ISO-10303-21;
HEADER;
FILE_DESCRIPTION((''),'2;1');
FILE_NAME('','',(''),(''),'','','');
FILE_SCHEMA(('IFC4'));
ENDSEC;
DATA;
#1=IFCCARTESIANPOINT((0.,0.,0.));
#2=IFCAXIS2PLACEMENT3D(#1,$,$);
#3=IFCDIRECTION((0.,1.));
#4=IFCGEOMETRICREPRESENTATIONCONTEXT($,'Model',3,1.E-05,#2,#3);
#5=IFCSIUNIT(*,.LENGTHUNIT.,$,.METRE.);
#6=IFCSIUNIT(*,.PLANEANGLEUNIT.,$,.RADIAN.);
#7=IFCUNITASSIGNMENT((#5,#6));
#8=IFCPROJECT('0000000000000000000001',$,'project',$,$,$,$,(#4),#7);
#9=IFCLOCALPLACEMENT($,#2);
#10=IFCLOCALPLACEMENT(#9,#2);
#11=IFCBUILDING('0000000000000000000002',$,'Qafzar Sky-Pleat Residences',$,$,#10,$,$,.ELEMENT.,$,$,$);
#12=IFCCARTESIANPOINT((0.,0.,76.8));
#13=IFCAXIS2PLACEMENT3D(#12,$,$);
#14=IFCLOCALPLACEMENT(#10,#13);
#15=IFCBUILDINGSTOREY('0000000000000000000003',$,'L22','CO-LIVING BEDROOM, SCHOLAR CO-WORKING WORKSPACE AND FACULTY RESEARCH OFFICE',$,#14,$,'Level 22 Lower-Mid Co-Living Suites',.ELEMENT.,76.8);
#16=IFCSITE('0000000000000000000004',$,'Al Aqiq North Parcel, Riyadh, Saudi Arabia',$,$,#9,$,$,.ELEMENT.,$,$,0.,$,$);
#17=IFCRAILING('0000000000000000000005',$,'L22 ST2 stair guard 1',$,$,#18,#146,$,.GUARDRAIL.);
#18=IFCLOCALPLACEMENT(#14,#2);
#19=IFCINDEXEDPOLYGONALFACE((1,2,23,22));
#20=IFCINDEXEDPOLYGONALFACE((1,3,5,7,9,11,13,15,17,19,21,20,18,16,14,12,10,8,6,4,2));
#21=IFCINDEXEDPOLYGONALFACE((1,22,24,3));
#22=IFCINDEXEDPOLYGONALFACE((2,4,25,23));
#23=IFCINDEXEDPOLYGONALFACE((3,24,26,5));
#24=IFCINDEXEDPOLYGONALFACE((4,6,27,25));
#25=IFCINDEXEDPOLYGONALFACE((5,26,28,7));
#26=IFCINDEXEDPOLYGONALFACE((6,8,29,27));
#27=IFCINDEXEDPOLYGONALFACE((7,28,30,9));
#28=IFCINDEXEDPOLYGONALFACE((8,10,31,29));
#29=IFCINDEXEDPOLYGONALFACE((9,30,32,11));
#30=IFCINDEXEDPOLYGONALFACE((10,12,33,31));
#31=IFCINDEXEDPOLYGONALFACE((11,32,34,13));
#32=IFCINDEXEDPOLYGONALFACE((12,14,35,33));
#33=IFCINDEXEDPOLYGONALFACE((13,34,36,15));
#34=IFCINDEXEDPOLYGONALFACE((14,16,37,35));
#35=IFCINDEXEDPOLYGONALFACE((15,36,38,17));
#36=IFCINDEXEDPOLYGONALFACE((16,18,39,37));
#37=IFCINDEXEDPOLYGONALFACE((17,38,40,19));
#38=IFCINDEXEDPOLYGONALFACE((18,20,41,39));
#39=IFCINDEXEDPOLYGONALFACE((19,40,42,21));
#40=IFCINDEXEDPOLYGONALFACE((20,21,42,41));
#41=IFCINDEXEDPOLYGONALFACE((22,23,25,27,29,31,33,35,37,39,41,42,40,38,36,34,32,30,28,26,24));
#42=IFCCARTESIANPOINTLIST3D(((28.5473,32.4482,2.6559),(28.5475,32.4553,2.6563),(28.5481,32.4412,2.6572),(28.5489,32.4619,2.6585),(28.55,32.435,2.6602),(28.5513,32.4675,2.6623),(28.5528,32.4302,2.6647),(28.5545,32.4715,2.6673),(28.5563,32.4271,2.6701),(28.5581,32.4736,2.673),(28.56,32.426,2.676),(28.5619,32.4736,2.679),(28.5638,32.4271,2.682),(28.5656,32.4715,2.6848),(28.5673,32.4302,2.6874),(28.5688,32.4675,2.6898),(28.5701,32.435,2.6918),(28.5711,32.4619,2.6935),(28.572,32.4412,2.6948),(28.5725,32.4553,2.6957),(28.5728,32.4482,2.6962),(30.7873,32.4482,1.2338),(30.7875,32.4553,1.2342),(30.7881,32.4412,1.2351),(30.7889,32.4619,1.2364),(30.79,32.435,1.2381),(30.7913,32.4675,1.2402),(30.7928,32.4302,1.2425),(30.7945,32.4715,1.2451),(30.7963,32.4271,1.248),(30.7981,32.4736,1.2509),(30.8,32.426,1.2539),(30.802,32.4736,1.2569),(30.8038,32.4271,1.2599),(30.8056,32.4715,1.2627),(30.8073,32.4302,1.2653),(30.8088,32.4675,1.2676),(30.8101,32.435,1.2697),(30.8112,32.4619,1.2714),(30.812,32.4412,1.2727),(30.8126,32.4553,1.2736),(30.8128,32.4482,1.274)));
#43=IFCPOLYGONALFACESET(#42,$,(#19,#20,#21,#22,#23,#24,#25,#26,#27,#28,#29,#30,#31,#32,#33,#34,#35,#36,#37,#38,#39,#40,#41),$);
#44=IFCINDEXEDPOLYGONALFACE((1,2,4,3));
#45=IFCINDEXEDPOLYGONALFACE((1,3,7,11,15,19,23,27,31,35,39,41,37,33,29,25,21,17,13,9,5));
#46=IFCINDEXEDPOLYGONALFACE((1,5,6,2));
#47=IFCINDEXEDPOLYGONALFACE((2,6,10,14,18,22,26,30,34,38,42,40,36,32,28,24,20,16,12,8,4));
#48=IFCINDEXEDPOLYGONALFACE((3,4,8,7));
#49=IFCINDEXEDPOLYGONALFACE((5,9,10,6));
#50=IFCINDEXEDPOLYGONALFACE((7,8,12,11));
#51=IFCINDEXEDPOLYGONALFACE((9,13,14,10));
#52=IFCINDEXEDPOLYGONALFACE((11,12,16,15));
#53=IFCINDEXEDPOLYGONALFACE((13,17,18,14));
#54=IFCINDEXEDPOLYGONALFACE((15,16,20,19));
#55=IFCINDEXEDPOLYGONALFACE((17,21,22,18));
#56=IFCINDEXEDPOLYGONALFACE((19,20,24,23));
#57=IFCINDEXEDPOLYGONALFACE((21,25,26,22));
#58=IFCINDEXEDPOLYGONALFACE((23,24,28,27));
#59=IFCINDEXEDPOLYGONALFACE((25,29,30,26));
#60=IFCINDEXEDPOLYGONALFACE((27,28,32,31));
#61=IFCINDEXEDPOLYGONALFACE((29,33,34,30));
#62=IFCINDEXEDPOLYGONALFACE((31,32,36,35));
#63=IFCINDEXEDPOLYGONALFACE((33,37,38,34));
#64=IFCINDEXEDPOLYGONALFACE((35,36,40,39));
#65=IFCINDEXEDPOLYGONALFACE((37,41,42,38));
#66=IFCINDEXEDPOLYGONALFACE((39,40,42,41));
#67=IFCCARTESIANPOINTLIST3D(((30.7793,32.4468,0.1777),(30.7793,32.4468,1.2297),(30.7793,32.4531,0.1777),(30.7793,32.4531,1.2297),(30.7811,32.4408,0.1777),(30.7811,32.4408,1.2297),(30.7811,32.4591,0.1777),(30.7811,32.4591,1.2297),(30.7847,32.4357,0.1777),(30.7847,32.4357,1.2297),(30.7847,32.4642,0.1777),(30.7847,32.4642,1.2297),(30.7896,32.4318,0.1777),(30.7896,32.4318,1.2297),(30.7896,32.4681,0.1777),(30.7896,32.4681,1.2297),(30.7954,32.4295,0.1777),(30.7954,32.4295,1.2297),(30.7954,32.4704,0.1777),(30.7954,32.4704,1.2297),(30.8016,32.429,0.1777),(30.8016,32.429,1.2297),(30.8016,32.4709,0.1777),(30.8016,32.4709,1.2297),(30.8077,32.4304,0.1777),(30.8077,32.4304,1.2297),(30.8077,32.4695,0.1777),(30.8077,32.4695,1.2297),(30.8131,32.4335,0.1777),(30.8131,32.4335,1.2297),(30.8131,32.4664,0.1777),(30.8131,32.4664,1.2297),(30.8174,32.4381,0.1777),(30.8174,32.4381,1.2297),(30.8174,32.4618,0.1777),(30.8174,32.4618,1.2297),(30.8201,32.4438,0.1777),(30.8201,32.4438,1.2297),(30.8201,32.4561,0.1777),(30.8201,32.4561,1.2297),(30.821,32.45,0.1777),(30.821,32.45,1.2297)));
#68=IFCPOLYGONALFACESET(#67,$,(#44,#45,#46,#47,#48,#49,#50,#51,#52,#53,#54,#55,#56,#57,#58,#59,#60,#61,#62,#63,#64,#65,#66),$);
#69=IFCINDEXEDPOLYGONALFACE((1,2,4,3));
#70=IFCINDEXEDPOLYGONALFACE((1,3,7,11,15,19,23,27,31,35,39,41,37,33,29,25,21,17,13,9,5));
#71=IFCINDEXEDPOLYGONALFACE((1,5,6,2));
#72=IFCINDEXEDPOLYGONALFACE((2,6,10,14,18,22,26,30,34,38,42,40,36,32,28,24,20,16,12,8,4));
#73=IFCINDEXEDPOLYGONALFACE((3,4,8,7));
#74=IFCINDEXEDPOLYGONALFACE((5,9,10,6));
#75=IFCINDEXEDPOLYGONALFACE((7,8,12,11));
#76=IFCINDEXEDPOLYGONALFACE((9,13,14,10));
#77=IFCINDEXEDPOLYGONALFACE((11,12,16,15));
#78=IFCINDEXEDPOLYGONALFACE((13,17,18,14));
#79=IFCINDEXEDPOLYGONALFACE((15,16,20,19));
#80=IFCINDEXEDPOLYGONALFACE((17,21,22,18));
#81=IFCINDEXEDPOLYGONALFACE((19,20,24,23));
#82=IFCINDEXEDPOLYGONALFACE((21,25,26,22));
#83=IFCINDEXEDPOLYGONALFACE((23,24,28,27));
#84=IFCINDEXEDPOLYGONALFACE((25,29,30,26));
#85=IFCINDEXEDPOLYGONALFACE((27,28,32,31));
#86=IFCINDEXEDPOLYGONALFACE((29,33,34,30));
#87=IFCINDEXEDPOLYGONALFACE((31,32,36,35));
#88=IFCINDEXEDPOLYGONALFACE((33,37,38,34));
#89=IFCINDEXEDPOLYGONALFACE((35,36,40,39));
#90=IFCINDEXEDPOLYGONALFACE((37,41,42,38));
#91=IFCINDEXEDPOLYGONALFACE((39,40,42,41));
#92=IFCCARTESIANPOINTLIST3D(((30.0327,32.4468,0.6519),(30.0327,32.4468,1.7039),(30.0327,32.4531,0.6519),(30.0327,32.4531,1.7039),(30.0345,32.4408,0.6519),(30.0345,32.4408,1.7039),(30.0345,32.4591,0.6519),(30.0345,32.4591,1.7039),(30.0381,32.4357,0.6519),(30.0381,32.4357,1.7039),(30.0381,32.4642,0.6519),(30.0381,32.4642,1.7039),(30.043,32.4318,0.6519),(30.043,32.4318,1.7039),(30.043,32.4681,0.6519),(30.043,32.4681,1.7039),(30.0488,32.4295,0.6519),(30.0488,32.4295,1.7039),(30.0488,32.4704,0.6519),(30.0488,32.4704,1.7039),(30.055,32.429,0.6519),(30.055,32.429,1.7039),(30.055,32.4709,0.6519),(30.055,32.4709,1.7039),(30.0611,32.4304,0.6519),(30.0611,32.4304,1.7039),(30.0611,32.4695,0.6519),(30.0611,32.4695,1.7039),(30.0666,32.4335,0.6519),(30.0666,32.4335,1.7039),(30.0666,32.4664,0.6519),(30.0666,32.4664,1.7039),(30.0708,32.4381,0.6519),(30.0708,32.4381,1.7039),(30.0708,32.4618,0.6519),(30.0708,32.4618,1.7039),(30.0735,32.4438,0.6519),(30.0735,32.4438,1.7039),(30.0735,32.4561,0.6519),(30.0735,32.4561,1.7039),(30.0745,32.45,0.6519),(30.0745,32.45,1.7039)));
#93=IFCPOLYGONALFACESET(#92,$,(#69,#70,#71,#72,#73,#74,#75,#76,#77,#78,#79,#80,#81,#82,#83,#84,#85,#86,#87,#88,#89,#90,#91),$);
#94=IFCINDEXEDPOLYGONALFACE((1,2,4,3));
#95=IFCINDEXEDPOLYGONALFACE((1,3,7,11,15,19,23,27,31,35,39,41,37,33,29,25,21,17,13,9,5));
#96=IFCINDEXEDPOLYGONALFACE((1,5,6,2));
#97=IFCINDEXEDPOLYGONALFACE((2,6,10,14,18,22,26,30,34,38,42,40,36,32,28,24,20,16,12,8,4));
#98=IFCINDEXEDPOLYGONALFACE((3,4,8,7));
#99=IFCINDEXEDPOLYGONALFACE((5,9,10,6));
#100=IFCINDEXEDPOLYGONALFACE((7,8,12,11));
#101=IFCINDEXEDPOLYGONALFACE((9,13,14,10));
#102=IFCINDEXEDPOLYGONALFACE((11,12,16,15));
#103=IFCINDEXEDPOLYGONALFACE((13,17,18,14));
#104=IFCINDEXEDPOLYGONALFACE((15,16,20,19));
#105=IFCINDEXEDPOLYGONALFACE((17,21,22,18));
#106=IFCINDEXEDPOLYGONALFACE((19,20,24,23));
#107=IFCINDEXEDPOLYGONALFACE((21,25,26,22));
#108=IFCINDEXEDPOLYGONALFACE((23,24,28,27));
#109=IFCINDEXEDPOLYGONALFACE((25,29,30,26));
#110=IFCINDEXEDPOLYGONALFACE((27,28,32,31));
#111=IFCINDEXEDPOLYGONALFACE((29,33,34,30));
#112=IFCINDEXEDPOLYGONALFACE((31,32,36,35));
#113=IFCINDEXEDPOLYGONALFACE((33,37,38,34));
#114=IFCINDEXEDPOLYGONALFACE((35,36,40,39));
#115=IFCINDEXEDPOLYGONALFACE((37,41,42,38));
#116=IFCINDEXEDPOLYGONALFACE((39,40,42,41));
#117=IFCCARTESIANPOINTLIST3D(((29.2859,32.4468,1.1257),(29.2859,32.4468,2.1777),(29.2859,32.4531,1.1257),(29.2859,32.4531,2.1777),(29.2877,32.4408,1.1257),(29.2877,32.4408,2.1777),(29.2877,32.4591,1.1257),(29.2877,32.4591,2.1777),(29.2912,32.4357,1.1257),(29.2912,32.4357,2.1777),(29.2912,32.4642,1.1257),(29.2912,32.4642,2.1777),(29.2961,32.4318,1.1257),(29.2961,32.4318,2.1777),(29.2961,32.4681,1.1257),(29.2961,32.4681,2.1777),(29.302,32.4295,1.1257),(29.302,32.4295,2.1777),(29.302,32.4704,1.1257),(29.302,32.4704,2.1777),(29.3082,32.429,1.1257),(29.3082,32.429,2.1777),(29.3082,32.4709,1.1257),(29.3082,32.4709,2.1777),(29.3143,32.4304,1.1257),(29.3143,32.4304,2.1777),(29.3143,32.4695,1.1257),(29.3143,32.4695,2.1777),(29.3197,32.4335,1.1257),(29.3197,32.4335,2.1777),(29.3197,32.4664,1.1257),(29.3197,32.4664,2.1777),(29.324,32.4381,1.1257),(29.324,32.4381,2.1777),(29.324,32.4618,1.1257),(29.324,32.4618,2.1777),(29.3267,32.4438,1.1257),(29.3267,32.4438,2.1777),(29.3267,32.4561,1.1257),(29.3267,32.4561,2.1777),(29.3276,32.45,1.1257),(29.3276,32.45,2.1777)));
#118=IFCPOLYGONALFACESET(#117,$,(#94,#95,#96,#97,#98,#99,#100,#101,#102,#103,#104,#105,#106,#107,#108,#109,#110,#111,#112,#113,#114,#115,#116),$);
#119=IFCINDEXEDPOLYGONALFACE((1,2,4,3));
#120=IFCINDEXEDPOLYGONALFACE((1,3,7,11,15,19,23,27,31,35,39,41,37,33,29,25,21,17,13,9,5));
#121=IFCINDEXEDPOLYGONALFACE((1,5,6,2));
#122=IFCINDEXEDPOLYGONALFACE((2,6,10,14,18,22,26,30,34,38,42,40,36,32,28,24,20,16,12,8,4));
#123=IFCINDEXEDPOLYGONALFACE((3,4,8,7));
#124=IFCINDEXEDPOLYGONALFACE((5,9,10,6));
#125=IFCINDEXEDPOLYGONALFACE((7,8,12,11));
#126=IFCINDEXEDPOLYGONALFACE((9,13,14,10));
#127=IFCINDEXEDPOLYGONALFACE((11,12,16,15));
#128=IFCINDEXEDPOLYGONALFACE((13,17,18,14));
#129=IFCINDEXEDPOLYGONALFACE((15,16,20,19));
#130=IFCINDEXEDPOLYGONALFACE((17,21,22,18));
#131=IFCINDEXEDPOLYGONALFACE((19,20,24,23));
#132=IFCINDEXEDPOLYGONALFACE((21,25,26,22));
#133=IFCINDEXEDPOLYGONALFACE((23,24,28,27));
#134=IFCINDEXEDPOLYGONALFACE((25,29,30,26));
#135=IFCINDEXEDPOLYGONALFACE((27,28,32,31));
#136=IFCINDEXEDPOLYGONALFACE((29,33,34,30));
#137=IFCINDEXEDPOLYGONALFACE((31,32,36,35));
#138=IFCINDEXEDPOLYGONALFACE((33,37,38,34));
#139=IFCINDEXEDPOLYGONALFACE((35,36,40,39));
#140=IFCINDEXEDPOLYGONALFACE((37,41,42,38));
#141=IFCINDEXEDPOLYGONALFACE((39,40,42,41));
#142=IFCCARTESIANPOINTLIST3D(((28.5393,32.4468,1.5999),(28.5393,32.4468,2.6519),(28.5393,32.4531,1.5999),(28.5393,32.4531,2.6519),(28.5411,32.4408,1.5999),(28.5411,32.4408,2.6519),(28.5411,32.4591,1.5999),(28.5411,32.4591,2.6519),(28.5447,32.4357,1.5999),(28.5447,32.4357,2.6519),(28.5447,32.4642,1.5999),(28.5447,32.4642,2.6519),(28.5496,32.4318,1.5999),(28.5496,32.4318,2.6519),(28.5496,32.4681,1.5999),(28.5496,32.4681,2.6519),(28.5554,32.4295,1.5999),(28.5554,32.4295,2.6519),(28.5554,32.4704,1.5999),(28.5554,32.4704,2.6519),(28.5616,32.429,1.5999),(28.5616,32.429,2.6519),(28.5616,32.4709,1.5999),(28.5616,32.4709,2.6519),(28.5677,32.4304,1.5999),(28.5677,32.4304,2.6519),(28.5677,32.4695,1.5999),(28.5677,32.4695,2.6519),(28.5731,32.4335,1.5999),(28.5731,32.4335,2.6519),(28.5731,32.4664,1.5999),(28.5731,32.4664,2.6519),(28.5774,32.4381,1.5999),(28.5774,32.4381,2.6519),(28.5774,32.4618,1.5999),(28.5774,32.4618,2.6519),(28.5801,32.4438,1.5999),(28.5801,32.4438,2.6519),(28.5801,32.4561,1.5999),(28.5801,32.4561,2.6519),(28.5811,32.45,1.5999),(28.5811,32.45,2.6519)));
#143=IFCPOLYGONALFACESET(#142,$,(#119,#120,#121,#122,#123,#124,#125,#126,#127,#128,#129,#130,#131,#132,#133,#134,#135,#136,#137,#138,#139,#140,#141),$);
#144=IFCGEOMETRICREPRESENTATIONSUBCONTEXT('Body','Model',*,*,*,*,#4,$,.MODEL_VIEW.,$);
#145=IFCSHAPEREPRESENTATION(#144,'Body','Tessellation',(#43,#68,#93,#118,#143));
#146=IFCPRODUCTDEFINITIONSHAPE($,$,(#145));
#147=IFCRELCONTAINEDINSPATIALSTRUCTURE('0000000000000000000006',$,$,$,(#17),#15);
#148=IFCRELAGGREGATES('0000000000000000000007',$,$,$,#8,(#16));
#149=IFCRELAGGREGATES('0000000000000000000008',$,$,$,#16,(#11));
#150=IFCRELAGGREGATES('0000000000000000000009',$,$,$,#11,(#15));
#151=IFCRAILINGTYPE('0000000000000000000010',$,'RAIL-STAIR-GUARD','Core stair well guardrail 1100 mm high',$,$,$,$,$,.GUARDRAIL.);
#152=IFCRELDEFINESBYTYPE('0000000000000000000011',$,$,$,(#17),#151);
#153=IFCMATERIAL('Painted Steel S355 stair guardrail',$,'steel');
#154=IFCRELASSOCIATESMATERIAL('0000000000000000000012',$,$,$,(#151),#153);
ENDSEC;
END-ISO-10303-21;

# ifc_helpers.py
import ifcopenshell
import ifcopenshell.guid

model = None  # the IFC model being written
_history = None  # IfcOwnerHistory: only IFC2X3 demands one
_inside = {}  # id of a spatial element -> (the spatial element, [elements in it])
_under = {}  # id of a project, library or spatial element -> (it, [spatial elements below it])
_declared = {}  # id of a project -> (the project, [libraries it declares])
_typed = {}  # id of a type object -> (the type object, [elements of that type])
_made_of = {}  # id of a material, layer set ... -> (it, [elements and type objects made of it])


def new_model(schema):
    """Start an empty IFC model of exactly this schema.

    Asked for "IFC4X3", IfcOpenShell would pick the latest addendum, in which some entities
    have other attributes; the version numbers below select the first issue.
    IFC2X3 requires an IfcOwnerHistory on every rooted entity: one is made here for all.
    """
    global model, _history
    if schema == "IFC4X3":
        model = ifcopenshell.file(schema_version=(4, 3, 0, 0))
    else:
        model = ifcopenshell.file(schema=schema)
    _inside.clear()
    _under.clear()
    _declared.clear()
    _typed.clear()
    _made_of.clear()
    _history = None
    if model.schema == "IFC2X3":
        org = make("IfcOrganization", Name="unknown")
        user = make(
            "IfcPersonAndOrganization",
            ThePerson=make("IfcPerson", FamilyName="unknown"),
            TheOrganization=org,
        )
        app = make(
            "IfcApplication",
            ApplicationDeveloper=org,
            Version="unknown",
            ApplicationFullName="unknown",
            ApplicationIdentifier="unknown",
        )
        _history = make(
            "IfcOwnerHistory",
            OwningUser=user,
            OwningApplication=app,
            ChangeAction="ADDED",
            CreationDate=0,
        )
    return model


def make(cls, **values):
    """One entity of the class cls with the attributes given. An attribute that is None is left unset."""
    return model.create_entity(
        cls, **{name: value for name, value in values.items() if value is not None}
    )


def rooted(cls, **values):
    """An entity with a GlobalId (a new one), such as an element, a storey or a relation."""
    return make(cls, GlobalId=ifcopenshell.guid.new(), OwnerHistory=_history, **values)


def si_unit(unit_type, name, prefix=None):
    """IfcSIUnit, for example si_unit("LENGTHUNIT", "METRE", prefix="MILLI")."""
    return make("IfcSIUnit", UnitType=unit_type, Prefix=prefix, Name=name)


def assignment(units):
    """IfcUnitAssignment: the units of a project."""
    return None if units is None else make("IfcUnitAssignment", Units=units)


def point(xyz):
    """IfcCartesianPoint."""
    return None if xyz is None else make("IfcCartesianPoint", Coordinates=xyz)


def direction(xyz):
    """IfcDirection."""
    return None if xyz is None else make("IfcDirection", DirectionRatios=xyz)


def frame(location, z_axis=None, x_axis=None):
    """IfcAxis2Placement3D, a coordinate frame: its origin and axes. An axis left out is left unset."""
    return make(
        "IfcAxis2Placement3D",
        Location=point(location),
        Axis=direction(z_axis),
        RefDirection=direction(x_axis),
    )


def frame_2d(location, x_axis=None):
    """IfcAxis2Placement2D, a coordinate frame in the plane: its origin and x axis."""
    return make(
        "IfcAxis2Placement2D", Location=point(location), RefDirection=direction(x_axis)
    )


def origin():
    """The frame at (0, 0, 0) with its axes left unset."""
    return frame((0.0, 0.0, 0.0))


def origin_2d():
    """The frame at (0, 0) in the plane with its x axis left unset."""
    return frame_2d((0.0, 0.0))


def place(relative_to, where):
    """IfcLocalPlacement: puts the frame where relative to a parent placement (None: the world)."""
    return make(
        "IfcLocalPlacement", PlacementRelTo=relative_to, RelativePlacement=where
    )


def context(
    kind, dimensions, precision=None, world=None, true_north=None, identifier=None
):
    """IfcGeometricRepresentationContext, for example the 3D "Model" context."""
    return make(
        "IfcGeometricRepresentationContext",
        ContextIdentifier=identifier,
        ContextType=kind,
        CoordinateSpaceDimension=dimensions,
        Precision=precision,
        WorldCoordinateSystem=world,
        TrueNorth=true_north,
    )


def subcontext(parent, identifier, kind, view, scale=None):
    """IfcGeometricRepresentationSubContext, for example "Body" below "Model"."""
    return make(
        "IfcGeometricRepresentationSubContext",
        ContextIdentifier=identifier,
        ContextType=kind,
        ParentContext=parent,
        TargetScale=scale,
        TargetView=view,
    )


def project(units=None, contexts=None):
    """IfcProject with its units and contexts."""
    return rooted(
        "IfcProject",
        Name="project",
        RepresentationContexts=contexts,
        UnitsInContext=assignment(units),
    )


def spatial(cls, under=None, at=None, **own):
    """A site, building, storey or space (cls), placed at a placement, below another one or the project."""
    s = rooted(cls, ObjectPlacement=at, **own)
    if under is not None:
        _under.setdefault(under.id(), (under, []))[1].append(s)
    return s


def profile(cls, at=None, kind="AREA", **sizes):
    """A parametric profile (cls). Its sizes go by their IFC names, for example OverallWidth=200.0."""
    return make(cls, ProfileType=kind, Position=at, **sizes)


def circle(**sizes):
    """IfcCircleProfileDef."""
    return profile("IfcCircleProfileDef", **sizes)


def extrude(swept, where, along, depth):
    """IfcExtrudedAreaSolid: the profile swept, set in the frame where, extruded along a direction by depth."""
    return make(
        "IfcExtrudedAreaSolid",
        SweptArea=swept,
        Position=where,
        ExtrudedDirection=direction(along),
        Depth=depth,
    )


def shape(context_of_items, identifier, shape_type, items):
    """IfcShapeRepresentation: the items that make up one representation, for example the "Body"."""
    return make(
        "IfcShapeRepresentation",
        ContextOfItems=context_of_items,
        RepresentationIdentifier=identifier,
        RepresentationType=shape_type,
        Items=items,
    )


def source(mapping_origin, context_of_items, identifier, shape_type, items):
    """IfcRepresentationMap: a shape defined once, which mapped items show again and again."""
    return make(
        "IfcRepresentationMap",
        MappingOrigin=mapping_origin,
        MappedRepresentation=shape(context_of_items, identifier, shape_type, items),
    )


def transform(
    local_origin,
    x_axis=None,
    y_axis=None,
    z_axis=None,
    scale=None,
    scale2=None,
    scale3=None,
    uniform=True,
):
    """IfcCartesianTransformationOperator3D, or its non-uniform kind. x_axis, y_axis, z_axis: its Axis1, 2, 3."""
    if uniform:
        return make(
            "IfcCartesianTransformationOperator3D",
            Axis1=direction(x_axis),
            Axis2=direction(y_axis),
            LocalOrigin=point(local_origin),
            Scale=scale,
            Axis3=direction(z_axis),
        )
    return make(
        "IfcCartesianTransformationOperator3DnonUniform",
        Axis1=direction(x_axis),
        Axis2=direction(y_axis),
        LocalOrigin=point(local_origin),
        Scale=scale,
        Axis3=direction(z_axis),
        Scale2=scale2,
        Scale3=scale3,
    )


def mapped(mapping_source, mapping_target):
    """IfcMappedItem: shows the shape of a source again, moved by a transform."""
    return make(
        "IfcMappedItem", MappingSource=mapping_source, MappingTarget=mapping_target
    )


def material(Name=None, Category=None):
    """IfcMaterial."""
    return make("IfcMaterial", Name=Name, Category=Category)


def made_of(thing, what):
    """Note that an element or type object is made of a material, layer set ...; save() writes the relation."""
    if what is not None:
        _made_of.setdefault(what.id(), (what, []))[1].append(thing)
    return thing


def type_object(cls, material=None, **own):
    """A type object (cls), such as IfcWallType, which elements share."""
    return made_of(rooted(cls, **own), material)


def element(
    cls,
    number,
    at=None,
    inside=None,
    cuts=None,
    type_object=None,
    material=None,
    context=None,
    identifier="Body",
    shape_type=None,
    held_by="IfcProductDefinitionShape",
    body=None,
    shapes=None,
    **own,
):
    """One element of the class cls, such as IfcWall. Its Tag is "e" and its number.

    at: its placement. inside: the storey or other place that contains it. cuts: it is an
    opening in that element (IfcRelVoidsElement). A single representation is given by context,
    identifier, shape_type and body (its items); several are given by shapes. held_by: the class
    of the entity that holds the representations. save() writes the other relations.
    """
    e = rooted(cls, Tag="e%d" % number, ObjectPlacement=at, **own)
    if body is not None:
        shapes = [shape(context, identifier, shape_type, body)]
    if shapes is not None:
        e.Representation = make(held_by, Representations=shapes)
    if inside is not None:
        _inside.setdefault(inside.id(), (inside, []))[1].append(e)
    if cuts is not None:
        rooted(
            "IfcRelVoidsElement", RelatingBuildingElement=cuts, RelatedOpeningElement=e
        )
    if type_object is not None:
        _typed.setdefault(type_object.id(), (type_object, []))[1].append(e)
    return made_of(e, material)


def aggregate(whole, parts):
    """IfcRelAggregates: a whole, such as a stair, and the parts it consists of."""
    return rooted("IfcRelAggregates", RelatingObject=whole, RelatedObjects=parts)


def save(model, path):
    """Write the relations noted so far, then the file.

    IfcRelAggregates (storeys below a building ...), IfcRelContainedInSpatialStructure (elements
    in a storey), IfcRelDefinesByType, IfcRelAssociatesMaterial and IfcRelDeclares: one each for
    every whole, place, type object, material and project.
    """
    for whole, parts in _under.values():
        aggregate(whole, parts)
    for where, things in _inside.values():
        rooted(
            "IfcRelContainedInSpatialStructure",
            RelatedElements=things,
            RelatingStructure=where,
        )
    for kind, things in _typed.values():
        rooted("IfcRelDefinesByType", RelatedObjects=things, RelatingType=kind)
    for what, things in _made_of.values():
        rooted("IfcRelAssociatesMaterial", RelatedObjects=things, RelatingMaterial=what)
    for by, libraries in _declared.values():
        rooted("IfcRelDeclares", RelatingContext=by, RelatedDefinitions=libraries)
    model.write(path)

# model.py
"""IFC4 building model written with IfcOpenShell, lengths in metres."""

from ifc_helpers import new_model, si_unit, direction, frame, origin, origin_2d, place, context, subcontext, project, spatial, circle, extrude, source, transform, mapped, material, type_object, element, save


model = new_model("IFC4")

# Units and contexts
model_context = context("Model", 3, precision=1e-05, world=origin(), true_north=direction((0.0, 1.0)))
body_context = subcontext(model_context, "Body", "Model", "MODEL_VIEW")
ifc_project = project(units=[si_unit("LENGTHUNIT", "METRE"), si_unit("PLANEANGLEUNIT", "RADIAN")], contexts=[model_context])

# Site, building, storey
site_placement = place(None, origin())
site = spatial("IfcSite", under=ifc_project, at=site_placement, Name="Al Aqiq North Parcel, Riyadh, Saudi Arabia", CompositionType="ELEMENT", RefElevation=0.0)
building_placement = place(site_placement, origin())
building = spatial("IfcBuilding", under=site, at=building_placement, Name="Qafzar Sky-Pleat Residences", CompositionType="ELEMENT")
storey_placement = place(building_placement, frame((0.0, 0.0, 76.8)))
storey = spatial("IfcBuildingStorey", under=building, at=storey_placement, Name="L22", Description="CO-LIVING BEDROOM, SCHOLAR CO-WORKING WORKSPACE AND FACULTY RESEARCH OFFICE", LongName="Level 22 Lower-Mid Co-Living Suites", CompositionType="ELEMENT", Elevation=76.8)

# Railing
ifc_material_1 = material(Name="Painted Steel S355 stair guardrail", Category="steel")
railing_type_1 = type_object("IfcRailingType", Name="RAIL-STAIR-GUARD", Description="Core stair well guardrail 1100 mm high", PredefinedType="GUARDRAIL", material=ifc_material_1)
shared_shape_1 = source(origin(), body_context, "Body", "SweptSolid", [
    extrude(circle(Radius=0.0239, at=origin_2d()), frame((0.0, 0.0, 1.0762), z_axis=(-0.844229, 0.0, 0.535982), x_axis=(0.0, -1.0, 0.0)), (0.0, 0.0, 1.0), 2.6533),
    extrude(circle(Radius=0.021, at=origin_2d()), origin(), (0.0, 0.0, 1.0), 1.052),
    extrude(circle(Radius=0.021, at=origin_2d()), frame((-0.7466, 0.0, 0.4741)), (0.0, 0.0, 1.0), 1.052),
    extrude(circle(Radius=0.021, at=origin_2d()), frame((-1.4934, 0.0, 0.948)), (0.0, 0.0, 1.0), 1.052),
    extrude(circle(Radius=0.021, at=origin_2d()), frame((-2.24, 0.0, 1.4221)), (0.0, 0.0, 1.0), 1.052),
])
railing_1_placement = place(storey_placement, frame((30.8, 32.45, 0.1777)))
element("IfcRailing", 1, at=railing_1_placement, inside=storey, type_object=railing_type_1, Name="L22 ST2 stair guard 1", PredefinedType="GUARDRAIL", context=body_context, shape_type="MappedRepresentation", body=[
    mapped(shared_shape_1, transform((0.0, 0.0, 0.0), x_axis=(1.0, 0.0, 0.0), y_axis=(0.0, 1.0, 0.0), z_axis=(0.0, 0.0, 1.0), scale=1.0)),
])

save(model, "model.ifc")
